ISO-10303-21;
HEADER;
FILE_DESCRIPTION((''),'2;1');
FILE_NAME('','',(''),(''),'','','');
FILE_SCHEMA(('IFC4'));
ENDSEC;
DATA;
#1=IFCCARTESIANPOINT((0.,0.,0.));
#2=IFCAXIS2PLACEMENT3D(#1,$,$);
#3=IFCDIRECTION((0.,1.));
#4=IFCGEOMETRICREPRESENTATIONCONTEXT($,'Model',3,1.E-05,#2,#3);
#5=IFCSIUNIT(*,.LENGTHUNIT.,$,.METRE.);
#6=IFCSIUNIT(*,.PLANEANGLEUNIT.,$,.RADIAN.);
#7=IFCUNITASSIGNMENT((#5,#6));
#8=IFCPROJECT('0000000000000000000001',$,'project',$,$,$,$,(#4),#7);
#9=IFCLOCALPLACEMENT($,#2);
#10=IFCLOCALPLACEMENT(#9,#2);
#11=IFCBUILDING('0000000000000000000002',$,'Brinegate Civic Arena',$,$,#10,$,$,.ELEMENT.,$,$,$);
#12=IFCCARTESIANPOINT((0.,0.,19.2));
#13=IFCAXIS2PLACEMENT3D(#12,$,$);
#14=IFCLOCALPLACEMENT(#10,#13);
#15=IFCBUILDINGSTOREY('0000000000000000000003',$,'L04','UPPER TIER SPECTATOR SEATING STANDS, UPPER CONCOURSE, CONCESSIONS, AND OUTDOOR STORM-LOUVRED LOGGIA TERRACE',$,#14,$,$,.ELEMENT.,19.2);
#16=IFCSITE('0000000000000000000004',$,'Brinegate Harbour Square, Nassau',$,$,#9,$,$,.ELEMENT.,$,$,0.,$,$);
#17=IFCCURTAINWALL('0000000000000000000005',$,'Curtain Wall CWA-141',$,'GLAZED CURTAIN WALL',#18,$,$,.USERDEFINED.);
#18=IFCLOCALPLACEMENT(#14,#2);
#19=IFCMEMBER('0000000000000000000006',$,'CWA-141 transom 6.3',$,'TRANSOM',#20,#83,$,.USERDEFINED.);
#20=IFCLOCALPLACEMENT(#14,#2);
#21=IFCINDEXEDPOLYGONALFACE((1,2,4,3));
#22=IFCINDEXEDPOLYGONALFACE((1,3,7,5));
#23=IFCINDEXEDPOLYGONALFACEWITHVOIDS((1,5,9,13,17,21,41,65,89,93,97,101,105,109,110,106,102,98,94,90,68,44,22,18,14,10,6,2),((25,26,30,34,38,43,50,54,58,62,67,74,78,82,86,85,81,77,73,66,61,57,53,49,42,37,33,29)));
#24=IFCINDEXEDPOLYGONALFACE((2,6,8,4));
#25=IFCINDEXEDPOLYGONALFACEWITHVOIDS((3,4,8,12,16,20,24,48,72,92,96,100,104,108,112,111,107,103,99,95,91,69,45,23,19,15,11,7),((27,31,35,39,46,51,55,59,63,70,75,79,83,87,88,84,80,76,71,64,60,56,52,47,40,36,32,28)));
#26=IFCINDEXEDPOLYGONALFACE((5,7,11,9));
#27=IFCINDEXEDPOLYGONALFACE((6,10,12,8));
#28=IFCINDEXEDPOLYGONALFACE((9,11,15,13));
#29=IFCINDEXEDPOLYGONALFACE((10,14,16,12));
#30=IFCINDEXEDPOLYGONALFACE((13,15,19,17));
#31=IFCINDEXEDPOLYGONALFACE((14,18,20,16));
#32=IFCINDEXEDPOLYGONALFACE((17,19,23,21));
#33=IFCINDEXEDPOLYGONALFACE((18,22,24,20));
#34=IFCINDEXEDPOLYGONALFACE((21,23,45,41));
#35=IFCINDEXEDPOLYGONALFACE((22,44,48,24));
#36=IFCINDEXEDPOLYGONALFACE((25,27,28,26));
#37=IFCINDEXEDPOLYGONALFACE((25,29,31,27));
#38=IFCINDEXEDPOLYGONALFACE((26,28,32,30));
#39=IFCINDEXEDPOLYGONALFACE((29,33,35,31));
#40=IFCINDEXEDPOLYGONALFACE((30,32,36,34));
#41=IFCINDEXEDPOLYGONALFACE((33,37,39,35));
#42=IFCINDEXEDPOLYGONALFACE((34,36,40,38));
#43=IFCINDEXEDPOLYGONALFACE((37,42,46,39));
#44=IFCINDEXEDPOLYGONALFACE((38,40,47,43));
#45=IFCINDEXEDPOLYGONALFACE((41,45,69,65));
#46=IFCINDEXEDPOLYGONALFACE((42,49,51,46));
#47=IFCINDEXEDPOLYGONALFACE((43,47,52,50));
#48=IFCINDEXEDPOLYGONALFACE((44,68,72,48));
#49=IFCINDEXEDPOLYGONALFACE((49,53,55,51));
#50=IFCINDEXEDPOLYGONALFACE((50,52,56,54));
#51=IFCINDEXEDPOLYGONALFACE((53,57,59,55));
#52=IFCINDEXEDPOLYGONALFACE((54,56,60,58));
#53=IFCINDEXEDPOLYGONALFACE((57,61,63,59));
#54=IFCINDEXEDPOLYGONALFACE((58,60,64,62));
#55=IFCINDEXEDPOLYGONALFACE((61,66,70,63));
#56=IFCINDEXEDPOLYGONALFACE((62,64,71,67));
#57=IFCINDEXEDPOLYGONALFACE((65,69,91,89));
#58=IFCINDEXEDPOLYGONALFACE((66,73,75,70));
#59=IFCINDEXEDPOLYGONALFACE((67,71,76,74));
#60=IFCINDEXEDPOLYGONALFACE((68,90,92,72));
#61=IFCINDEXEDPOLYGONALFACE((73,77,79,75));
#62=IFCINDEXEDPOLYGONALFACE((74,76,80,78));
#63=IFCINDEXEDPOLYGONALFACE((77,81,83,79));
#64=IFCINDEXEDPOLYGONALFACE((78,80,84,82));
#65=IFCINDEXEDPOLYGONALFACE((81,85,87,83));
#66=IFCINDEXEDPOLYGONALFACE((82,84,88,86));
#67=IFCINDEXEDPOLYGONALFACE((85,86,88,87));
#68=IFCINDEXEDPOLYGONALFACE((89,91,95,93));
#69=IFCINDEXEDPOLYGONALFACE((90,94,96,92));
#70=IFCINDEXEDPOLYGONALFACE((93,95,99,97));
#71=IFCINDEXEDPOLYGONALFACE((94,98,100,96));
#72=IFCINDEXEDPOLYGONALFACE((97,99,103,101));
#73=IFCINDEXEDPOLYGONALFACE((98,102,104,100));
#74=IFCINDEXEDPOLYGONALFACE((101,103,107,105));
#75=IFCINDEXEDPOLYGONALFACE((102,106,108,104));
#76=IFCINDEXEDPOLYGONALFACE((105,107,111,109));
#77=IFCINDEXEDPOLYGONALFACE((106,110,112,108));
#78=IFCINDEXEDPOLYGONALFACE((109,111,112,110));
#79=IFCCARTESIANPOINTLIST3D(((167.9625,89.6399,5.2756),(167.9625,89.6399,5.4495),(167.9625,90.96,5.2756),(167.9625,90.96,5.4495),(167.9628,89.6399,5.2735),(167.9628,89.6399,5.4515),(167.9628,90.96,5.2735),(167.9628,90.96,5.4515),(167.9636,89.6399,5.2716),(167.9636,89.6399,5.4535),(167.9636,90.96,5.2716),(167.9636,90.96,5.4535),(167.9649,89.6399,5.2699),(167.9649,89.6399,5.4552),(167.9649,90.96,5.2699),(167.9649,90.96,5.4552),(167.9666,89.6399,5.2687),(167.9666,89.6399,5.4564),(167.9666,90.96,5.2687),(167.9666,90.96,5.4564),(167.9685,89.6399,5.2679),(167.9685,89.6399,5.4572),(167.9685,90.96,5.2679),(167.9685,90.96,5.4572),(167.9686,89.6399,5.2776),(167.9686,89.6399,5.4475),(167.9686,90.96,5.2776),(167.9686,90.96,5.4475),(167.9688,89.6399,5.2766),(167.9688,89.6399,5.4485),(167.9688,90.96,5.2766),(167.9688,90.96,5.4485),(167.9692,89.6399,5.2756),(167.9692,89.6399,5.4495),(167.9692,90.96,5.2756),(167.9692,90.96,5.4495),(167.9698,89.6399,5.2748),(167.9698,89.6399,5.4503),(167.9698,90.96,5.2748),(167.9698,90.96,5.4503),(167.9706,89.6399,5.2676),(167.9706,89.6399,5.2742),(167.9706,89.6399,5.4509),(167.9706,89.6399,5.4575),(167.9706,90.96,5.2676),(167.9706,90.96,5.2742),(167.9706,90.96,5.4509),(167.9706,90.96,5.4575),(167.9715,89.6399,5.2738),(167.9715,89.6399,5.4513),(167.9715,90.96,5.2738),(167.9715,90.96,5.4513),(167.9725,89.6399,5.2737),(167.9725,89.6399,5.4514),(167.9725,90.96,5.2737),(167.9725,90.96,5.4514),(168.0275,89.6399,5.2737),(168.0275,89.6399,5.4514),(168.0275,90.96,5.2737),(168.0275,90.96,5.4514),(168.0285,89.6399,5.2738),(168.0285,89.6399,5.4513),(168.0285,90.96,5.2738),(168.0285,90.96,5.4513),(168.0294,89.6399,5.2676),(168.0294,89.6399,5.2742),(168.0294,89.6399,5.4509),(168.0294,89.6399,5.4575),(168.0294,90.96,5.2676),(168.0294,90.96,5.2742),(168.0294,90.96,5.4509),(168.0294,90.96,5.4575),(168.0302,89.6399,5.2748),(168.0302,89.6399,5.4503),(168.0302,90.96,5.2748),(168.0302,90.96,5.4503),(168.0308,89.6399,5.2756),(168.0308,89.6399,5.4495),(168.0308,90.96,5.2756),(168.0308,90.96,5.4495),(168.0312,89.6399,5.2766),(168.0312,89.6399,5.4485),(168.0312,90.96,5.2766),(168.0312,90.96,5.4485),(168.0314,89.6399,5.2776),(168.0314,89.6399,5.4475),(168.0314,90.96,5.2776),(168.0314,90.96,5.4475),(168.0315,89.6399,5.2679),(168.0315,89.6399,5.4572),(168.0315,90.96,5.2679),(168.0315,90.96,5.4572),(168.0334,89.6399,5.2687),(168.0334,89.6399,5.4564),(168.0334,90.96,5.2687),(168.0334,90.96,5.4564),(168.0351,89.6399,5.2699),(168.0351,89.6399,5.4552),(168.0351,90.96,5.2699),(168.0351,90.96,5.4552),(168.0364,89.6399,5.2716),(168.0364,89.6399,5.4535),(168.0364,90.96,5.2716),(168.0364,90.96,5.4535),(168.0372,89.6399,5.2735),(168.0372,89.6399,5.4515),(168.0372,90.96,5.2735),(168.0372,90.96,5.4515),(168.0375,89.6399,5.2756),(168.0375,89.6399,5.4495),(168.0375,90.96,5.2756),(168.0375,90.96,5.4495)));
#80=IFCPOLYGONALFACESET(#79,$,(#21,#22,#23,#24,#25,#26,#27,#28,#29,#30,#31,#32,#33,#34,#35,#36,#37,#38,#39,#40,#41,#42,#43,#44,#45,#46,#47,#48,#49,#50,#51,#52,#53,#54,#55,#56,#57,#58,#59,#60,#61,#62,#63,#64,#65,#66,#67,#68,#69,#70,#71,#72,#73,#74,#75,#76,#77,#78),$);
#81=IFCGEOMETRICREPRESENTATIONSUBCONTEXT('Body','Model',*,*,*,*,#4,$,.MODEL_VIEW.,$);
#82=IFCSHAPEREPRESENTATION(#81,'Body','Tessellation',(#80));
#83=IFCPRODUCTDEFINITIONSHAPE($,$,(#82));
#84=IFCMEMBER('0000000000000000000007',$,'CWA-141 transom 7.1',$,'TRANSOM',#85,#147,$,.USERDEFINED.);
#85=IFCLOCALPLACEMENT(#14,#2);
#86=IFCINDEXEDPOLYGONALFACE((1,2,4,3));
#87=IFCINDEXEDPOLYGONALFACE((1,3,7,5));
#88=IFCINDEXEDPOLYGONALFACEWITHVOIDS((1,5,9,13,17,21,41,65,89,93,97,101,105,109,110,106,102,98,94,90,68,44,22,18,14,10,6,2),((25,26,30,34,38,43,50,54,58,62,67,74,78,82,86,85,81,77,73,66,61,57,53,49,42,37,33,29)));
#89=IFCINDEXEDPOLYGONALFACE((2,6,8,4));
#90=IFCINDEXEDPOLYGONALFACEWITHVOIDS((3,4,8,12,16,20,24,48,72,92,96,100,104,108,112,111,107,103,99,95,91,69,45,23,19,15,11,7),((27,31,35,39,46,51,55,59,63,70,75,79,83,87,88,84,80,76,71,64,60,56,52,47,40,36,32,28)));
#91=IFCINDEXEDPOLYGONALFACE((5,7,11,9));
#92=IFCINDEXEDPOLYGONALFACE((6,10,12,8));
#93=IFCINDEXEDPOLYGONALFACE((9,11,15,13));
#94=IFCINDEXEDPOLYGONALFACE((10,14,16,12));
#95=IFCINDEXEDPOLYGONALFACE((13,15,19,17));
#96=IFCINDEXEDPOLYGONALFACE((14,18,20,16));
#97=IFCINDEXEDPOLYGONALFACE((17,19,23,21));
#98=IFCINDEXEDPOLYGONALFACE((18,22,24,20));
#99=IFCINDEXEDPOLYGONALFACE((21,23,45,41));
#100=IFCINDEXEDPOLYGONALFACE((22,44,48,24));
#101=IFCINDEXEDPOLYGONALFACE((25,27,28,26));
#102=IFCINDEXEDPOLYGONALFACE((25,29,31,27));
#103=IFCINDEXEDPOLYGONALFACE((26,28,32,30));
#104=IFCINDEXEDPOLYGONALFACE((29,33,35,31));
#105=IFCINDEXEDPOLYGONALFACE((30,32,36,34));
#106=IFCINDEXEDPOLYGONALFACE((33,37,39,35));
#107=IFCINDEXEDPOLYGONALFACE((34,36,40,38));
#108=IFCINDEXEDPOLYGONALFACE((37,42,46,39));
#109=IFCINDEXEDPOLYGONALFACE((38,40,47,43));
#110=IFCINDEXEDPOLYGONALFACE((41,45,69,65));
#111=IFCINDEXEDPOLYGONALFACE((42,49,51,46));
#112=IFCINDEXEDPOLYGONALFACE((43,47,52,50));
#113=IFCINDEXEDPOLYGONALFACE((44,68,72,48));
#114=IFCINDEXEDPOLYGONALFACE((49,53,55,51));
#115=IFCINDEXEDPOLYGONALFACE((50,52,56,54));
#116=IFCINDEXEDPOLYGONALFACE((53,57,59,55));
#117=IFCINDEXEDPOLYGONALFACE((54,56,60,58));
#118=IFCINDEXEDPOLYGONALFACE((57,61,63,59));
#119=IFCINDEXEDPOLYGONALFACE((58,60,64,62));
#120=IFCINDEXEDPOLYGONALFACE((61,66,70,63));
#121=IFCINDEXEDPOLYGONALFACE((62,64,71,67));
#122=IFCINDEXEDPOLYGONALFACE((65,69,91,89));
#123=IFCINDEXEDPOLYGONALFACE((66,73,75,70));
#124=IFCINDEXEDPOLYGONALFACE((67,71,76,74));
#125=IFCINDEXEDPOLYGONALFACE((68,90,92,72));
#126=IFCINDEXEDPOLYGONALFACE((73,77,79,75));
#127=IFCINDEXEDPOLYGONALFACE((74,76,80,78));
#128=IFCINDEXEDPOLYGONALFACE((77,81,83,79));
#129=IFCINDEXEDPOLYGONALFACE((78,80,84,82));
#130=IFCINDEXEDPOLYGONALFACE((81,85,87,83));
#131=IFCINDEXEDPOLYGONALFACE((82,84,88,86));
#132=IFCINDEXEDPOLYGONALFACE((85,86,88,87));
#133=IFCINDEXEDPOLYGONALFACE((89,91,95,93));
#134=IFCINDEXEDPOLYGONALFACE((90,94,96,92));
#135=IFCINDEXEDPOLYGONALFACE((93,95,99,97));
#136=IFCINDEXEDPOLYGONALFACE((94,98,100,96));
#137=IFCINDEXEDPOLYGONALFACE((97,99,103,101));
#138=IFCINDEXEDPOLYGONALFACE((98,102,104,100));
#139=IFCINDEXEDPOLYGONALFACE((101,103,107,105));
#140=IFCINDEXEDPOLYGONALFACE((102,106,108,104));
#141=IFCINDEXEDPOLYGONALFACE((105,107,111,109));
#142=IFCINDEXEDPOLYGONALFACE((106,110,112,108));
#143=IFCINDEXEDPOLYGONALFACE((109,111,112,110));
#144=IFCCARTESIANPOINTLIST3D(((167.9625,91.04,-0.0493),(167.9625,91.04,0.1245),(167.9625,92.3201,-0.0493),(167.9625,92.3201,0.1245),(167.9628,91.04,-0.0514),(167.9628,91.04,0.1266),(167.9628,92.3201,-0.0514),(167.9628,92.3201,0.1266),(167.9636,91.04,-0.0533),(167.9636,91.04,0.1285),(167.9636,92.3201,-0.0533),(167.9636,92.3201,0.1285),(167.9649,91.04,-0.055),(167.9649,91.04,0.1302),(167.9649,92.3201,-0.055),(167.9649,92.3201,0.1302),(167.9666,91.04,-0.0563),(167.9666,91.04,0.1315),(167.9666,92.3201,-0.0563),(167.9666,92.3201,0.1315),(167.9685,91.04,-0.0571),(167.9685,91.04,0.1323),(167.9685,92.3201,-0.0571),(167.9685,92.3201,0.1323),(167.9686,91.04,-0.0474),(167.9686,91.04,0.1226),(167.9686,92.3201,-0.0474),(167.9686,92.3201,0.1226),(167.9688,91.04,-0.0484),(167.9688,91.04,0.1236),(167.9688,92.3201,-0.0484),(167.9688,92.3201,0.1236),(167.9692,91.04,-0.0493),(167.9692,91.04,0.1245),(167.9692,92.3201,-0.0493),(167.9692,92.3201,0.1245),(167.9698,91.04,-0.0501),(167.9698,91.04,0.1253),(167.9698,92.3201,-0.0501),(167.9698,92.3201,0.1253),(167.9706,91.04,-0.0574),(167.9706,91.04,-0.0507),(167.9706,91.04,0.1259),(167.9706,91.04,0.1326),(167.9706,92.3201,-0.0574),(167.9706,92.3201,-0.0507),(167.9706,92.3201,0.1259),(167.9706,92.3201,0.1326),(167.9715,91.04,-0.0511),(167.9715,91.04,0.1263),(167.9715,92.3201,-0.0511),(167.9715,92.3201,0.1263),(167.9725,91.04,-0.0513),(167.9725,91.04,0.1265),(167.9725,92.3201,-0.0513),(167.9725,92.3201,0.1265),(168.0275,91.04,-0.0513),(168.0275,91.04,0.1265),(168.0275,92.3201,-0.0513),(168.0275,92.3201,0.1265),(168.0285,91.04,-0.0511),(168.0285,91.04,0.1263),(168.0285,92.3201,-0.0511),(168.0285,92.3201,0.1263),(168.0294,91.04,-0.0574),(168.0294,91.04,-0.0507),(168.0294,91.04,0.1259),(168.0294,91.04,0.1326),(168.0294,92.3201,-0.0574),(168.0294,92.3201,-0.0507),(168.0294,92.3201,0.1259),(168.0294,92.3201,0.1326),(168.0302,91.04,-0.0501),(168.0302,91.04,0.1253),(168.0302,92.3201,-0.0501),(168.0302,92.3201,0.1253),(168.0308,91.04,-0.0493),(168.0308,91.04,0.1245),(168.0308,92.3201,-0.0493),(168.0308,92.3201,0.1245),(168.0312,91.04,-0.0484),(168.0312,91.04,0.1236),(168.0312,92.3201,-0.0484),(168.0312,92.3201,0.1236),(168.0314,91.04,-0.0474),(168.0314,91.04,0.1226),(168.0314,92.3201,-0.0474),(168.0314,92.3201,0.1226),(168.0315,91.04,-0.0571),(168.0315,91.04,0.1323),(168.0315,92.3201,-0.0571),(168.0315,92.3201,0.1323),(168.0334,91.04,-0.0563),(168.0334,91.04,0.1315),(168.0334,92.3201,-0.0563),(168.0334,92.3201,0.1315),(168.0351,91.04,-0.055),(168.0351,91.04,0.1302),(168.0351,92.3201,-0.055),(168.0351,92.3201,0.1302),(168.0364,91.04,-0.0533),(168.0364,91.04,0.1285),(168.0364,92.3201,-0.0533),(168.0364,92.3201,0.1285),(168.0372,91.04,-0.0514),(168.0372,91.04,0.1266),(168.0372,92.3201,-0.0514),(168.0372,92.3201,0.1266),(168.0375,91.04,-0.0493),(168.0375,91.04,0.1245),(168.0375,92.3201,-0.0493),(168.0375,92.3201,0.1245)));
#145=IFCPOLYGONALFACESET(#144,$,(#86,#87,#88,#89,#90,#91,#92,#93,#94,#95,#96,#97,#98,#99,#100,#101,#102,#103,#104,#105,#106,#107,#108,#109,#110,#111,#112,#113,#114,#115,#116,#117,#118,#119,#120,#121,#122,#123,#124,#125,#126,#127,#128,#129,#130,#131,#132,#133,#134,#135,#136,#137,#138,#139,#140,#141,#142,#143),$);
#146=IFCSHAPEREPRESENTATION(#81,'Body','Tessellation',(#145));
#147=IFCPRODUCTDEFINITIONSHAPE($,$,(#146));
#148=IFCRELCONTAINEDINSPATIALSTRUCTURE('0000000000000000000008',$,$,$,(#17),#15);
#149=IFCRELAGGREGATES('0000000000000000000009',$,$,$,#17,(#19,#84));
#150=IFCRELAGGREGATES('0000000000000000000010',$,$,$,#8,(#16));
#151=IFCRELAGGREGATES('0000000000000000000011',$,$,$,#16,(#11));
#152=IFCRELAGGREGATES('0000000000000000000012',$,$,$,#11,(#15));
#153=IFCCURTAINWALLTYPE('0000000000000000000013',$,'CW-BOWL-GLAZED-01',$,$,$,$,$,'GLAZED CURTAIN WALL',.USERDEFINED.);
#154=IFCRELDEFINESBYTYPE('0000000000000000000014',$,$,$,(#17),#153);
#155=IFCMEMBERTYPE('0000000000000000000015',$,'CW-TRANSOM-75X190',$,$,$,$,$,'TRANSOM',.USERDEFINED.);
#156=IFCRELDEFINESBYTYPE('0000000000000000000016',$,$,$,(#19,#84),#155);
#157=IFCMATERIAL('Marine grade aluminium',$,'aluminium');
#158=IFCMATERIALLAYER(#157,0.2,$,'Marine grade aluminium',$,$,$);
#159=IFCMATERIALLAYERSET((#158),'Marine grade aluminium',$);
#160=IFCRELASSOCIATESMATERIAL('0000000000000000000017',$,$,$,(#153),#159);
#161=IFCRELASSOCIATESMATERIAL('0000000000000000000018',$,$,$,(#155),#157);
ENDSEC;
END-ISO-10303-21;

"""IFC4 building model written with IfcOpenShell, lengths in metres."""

from ifc_helpers import new_model, si_unit, direction, frame, origin, origin_2d, place, context, subcontext, project, spatial, hollow_rectangle, extrude, material, layer, layer_set, material_profile, profile_set, type_object, element, aggregate, save


model = new_model("IFC4")

# Units and contexts
model_context = context("Model", 3, precision=1e-05, world=origin(), true_north=direction((0.0, 1.0)))
body_context = subcontext(model_context, "Body", "Model", "MODEL_VIEW")
ifc_project = project(units=[si_unit("LENGTHUNIT", "METRE"), si_unit("PLANEANGLEUNIT", "RADIAN")], contexts=[model_context])

# Site, building, storey
site_placement = place(None, origin())
site = spatial("IfcSite", under=ifc_project, at=site_placement, Name="Brinegate Harbour Square, Nassau", CompositionType="ELEMENT", RefElevation=0.0)
building_placement = place(site_placement, origin())
building = spatial("IfcBuilding", under=site, at=building_placement, Name="Brinegate Civic Arena", CompositionType="ELEMENT")
storey_placement = place(building_placement, frame((0.0, 0.0, 19.2)))
storey = spatial("IfcBuildingStorey", under=building, at=storey_placement, Name="L04", Description="UPPER TIER SPECTATOR SEATING STANDS, UPPER CONCOURSE, CONCESSIONS, AND OUTDOOR STORM-LOUVRED LOGGIA TERRACE", CompositionType="ELEMENT", Elevation=19.2)

# Curtain wall, members
ifc_material_1 = material(Name="Marine grade aluminium", Category="aluminium")
ifc_layer_1 = layer(ifc_material_1, 0.2, Name="Marine grade aluminium")
ifc_layer_set_1 = layer_set([ifc_layer_1], Name="Marine grade aluminium")
curtain_wall_type = type_object("IfcCurtainWallType", Name="CW-BOWL-GLAZED-01", ElementType="GLAZED CURTAIN WALL", PredefinedType="USERDEFINED", material=ifc_layer_set_1)
curtain_wall_placement = place(storey_placement, origin())
curtain_wall = element("IfcCurtainWall", 1, at=curtain_wall_placement, inside=storey, type_object=curtain_wall_type, Name="Curtain Wall CWA-141", ObjectType="GLAZED CURTAIN WALL", PredefinedType="USERDEFINED")
ifc_material_profile_1 = material_profile(ifc_material_1, hollow_rectangle(XDim=0.075, YDim=0.1899, WallThickness=0.0061, InnerFilletRadius=0.0039, OuterFilletRadius=0.0081, at=origin_2d()), Name="TRN75X190")
ifc_profile_set_1 = profile_set([ifc_material_profile_1], Name="Marine grade aluminium")
member_type_1 = type_object("IfcMemberType", Name="CW-TRANSOM-75X190", ElementType="TRANSOM", PredefinedType="USERDEFINED", material=ifc_profile_set_1)
member_1_placement = place(storey_placement, frame((168.0, 89.6399, 5.3625), z_axis=(0.0, 1.0, 0.0), x_axis=(-1.0, 0.0, 0.0)))
member_1 = element("IfcMember", 2, at=member_1_placement, type_object=member_type_1, Name="CWA-141 transom 6.3", ObjectType="TRANSOM", PredefinedType="USERDEFINED", context=body_context, shape_type="SweptSolid", body=[
    extrude(hollow_rectangle(XDim=0.075, YDim=0.1899, WallThickness=0.0061, InnerFilletRadius=0.0039, OuterFilletRadius=0.0081, at=origin_2d()), origin(), (0.0, 0.0, 1.0), 1.3201),
])
member_2_placement = place(storey_placement, frame((168.0, 91.04, 0.0376), z_axis=(0.0, 1.0, 0.0), x_axis=(-1.0, 0.0, 0.0)))
member_2 = element("IfcMember", 3, at=member_2_placement, type_object=member_type_1, Name="CWA-141 transom 7.1", ObjectType="TRANSOM", PredefinedType="USERDEFINED", context=body_context, shape_type="SweptSolid", body=[
    extrude(hollow_rectangle(XDim=0.075, YDim=0.1899, WallThickness=0.0061, InnerFilletRadius=0.0039, OuterFilletRadius=0.0081, at=origin_2d()), origin(), (0.0, 0.0, 1.0), 1.28),
])

aggregate(curtain_wall, [member_1, member_2])

save(model, "model.ifc")
